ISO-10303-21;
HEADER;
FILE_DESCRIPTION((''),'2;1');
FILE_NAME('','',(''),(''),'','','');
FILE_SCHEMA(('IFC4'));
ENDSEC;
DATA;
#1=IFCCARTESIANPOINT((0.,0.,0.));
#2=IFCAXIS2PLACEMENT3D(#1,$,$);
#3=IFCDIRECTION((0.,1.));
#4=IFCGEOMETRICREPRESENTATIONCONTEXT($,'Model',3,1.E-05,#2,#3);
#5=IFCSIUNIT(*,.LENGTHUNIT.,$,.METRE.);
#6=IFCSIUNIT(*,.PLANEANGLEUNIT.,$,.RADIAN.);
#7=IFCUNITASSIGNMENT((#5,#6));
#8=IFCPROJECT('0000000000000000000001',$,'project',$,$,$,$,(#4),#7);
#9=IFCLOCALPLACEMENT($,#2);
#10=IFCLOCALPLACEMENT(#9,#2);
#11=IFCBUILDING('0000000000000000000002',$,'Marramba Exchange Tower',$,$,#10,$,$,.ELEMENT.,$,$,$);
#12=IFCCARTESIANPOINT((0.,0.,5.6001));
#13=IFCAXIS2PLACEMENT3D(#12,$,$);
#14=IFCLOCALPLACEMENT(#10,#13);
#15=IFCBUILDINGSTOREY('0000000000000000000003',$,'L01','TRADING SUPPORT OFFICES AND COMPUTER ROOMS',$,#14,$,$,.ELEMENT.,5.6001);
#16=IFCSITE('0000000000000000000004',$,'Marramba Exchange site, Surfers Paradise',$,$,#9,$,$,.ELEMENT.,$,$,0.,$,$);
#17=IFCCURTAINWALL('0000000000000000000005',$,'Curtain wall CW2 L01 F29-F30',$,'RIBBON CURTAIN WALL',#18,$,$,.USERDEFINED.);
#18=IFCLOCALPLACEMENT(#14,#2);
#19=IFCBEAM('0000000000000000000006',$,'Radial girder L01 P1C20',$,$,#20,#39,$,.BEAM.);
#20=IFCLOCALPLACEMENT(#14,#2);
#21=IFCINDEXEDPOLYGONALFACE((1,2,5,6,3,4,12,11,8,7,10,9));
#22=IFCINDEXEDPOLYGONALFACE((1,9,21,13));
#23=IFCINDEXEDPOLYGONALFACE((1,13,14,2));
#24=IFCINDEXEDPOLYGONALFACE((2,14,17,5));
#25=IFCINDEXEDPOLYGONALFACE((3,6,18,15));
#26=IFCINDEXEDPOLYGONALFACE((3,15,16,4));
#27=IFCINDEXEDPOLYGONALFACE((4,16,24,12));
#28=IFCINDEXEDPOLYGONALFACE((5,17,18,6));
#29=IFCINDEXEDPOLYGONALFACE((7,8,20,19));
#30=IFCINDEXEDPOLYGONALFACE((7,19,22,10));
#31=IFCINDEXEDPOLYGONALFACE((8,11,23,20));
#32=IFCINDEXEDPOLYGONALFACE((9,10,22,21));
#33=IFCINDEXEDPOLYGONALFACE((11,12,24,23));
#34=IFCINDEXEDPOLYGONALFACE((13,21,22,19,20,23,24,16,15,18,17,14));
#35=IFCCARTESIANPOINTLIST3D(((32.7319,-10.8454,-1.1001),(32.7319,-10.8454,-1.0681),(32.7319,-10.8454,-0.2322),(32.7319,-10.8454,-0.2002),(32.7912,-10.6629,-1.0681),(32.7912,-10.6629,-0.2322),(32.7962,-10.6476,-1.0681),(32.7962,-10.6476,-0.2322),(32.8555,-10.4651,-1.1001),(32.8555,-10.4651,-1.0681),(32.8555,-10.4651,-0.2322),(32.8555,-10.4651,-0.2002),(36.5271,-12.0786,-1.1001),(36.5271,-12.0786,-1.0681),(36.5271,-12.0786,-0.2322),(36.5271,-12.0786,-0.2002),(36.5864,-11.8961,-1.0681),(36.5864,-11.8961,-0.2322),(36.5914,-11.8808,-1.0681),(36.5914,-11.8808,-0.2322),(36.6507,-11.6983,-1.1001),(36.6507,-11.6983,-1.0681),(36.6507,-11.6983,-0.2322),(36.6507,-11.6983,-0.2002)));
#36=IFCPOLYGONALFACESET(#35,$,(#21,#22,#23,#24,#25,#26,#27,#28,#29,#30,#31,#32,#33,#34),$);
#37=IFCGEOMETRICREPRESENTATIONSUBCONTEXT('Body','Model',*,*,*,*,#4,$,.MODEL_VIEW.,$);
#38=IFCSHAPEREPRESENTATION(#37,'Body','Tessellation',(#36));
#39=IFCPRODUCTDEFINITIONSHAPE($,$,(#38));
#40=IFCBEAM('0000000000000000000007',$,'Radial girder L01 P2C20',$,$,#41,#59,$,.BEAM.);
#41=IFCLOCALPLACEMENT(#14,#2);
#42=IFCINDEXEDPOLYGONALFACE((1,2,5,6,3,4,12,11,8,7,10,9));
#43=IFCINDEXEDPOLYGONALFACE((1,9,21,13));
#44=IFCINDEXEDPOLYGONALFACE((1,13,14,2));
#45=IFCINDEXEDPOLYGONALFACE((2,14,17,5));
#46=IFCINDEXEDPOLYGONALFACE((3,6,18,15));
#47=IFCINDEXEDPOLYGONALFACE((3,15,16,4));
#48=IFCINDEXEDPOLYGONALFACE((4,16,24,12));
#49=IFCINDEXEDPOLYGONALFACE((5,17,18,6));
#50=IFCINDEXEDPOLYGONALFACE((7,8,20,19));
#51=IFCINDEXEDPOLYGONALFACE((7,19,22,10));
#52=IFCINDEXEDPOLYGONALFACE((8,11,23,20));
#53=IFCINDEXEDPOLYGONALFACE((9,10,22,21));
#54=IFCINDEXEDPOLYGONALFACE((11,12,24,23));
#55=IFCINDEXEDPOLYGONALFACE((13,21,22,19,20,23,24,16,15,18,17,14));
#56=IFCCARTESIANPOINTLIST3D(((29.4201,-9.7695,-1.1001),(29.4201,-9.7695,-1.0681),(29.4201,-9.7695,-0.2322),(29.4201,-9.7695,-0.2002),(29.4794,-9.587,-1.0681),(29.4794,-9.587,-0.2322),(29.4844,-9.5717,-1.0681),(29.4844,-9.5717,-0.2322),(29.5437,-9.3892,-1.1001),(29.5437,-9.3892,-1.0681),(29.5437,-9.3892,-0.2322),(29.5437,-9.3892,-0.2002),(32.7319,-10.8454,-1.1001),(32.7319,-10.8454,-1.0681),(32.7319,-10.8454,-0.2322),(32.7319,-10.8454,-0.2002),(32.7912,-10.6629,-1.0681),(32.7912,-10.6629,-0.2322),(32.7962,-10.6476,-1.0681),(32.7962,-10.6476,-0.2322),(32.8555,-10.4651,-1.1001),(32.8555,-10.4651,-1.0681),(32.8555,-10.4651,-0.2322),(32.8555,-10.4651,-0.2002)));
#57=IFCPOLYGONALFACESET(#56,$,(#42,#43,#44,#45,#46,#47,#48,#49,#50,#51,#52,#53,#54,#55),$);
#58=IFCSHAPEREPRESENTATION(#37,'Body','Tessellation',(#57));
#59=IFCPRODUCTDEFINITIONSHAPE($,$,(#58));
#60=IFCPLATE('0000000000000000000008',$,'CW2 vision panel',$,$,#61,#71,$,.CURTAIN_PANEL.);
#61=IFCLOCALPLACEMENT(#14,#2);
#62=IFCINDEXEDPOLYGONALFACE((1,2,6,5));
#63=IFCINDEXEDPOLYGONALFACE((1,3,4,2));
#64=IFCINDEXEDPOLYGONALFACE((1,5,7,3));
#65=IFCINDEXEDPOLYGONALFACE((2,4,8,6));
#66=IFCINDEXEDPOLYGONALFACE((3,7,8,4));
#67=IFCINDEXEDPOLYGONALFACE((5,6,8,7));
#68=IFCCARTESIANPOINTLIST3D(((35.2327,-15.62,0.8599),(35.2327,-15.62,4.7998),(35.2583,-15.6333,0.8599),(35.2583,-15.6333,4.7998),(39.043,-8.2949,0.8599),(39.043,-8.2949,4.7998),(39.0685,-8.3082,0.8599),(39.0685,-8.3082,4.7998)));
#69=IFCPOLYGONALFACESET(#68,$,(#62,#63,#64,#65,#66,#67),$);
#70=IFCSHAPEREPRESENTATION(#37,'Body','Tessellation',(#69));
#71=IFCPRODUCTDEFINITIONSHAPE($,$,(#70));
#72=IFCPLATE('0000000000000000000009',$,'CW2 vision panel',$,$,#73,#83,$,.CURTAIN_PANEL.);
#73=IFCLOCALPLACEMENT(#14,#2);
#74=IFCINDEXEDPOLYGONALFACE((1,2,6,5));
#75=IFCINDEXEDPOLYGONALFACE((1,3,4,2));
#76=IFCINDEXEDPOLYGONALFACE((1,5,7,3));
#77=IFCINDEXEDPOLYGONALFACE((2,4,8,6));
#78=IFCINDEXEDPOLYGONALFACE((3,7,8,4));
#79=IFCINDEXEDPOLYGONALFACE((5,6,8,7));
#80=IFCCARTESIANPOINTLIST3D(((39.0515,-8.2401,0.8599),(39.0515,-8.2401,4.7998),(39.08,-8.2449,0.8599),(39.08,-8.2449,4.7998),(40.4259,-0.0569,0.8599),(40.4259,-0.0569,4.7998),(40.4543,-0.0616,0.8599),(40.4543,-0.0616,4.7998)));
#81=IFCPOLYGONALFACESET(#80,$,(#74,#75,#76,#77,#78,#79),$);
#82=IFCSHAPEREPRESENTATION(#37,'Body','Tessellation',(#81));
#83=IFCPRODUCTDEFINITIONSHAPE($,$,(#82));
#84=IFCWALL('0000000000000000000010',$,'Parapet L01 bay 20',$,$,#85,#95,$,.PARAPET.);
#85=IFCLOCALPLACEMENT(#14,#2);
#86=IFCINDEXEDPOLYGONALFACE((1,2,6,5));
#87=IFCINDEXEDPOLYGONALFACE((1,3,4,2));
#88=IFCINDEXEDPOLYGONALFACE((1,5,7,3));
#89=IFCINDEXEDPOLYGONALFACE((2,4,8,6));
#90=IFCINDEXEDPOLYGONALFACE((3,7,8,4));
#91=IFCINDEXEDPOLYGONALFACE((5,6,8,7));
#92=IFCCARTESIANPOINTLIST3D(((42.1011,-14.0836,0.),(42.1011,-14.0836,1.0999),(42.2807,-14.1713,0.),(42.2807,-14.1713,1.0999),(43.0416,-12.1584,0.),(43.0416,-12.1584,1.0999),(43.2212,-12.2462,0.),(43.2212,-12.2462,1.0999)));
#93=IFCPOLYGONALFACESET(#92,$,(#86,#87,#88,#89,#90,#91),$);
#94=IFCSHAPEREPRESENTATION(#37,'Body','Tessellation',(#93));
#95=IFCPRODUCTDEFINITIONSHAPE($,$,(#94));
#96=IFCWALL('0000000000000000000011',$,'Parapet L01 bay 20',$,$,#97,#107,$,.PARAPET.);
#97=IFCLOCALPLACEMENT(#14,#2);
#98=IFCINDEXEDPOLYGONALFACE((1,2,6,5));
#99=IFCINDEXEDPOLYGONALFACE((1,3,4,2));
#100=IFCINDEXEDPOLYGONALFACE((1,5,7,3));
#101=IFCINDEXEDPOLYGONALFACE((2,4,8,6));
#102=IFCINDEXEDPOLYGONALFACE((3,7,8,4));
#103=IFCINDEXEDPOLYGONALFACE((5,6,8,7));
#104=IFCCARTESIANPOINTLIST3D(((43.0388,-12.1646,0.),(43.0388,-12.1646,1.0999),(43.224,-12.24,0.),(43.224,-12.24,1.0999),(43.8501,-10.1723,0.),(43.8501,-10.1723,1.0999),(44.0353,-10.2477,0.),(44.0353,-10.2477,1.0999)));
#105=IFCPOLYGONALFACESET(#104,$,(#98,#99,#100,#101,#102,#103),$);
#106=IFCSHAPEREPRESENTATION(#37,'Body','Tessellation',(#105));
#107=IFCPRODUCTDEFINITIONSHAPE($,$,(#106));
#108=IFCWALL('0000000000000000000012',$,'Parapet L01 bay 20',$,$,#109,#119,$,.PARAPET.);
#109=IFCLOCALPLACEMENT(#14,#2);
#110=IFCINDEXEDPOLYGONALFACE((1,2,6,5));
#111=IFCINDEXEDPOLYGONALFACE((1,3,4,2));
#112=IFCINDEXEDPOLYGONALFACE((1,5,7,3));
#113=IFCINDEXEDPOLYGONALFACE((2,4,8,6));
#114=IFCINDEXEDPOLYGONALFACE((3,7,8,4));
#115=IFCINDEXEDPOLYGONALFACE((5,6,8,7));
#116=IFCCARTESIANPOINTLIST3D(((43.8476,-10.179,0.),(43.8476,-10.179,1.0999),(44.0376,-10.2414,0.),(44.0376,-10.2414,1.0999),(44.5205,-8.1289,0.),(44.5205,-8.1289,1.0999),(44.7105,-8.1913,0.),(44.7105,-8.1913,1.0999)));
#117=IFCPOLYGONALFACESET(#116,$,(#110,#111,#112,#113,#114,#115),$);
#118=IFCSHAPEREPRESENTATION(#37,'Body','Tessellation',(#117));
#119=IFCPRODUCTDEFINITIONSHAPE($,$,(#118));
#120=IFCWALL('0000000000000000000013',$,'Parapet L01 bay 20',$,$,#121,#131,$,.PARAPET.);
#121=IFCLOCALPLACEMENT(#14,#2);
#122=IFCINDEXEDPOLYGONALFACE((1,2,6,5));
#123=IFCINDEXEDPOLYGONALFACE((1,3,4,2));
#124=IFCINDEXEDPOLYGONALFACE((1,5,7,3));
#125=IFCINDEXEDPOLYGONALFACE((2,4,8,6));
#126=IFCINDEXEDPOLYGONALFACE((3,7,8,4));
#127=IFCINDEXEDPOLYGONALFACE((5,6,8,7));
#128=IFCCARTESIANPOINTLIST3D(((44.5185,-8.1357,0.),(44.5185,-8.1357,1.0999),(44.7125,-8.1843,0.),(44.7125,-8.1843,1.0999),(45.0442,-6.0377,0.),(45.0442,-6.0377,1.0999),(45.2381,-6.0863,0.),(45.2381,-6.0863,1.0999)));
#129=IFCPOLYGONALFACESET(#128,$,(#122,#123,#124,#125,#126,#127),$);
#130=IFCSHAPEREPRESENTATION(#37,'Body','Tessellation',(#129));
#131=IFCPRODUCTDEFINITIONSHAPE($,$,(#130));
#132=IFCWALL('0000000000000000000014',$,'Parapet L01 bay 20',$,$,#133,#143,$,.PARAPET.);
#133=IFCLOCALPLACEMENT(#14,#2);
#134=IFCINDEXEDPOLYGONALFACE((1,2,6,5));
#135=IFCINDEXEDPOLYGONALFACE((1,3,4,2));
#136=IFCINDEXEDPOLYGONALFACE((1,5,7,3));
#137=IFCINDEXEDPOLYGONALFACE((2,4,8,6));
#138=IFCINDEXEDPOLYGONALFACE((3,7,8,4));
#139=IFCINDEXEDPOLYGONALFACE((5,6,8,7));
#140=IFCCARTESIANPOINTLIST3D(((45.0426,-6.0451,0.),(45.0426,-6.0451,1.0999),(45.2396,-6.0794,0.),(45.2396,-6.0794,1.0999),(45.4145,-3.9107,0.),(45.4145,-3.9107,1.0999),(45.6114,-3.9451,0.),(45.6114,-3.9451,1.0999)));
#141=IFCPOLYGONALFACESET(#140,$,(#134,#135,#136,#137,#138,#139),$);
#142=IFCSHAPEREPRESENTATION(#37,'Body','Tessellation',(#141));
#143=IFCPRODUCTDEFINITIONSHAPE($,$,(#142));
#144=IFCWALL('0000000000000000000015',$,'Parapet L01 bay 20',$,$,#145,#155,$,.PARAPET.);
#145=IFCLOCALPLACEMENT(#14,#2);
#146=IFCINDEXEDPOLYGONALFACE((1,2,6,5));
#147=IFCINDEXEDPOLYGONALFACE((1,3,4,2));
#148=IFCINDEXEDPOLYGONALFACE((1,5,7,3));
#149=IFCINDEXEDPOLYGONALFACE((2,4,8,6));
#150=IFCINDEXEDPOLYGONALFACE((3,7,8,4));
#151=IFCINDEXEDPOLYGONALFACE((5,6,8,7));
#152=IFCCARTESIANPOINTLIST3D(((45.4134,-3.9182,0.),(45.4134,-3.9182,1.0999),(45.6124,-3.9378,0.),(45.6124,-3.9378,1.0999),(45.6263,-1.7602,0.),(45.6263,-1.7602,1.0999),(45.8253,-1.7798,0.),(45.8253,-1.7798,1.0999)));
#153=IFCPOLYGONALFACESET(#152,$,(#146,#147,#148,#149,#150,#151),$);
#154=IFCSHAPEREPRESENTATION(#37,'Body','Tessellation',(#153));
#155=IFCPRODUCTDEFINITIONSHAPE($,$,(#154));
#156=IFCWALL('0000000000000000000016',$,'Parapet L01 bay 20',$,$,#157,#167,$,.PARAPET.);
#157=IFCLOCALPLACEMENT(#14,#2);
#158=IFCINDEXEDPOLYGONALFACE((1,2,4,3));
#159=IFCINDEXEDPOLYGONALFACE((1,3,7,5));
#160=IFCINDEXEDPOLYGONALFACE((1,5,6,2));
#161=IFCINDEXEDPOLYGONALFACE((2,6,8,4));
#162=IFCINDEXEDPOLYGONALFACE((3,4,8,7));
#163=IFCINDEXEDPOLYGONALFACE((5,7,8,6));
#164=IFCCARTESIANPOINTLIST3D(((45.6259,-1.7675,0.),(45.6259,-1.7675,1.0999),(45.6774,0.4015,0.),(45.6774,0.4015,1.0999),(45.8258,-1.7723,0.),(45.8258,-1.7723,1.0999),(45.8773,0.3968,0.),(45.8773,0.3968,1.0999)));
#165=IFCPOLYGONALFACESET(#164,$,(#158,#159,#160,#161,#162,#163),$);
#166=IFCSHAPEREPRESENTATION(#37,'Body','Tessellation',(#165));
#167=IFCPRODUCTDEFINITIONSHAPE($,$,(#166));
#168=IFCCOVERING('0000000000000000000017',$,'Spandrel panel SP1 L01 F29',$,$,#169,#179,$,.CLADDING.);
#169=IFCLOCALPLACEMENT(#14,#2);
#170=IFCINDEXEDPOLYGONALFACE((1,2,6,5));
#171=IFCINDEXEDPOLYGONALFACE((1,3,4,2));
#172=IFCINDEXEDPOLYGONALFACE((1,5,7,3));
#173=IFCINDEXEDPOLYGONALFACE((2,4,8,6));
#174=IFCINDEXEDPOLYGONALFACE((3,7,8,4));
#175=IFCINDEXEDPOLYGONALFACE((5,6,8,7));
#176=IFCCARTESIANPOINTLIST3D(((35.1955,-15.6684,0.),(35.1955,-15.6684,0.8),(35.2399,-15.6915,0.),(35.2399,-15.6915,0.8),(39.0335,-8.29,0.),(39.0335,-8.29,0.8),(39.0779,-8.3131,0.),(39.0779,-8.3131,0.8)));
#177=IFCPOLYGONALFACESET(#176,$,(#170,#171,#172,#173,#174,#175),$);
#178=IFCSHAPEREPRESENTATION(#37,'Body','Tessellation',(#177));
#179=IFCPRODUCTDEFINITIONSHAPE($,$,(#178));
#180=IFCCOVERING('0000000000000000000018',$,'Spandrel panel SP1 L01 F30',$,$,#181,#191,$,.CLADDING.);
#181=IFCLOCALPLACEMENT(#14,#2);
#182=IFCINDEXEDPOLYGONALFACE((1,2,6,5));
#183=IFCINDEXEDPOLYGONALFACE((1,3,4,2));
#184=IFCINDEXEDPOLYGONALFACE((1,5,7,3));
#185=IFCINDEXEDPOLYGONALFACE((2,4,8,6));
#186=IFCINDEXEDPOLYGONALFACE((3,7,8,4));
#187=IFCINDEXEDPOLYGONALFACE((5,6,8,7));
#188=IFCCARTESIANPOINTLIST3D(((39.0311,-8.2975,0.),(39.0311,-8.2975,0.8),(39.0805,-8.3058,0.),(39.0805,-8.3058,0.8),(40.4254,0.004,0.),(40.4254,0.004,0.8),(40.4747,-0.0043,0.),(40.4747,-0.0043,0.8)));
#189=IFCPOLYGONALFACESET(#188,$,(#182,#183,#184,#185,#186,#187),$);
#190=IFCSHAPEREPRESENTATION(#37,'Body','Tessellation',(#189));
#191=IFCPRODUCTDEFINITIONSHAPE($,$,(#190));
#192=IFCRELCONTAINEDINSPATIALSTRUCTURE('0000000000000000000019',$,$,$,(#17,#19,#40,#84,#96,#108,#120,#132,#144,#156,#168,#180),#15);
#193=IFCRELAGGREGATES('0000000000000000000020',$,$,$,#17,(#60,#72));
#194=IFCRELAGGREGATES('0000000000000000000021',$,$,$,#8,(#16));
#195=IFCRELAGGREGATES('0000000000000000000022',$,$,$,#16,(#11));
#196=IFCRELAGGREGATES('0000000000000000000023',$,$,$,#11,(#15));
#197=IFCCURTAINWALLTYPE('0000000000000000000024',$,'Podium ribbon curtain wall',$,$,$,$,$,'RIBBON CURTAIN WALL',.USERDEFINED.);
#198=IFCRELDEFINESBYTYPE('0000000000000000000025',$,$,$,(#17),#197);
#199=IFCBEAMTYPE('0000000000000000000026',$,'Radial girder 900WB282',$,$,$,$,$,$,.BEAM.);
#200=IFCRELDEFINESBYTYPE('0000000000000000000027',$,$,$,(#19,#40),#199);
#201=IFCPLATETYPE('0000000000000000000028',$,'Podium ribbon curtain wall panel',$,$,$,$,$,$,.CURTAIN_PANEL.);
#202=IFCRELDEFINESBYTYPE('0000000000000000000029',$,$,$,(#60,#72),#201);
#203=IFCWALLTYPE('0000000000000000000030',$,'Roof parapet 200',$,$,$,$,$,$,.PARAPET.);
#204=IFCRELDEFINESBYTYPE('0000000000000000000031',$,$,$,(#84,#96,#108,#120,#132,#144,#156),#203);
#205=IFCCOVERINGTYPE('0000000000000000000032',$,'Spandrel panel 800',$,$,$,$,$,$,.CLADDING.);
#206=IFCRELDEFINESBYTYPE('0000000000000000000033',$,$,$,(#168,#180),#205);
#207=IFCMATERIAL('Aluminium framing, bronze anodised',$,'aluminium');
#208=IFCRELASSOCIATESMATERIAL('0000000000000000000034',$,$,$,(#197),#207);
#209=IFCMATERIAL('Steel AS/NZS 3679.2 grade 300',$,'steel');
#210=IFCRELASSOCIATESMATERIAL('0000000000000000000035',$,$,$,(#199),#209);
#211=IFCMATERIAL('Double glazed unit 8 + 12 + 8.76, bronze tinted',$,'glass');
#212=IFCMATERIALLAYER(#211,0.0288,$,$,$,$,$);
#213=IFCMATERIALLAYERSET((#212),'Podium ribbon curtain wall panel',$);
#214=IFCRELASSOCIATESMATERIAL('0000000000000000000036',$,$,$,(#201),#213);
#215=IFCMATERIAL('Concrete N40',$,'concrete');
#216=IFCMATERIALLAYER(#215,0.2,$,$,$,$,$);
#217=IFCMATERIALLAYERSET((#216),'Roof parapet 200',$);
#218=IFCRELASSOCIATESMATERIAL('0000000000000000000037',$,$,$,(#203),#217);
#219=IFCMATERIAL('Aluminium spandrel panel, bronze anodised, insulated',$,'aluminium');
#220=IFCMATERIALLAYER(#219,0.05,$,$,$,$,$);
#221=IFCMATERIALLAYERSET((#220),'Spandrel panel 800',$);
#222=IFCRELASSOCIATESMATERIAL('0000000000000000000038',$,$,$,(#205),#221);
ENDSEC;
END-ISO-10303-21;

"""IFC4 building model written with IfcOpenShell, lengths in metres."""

from ifc_helpers import new_model, si_unit, direction, frame, frame_2d, origin, origin_2d, place, context, subcontext, project, spatial, rectangle, i_section, extrude, material, layer, layer_set, material_profile, profile_set, type_object, element, aggregate, save


model = new_model("IFC4")

# Units and contexts
model_context = context("Model", 3, precision=1e-05, world=origin(), true_north=direction((0.0, 1.0)))
body_context = subcontext(model_context, "Body", "Model", "MODEL_VIEW")
ifc_project = project(units=[si_unit("LENGTHUNIT", "METRE"), si_unit("PLANEANGLEUNIT", "RADIAN")], contexts=[model_context])

# Site, building, storey
site_placement = place(None, origin())
site = spatial("IfcSite", under=ifc_project, at=site_placement, Name="Marramba Exchange site, Surfers Paradise", CompositionType="ELEMENT", RefElevation=0.0)
building_placement = place(site_placement, origin())
building = spatial("IfcBuilding", under=site, at=building_placement, Name="Marramba Exchange Tower", CompositionType="ELEMENT")
storey_placement = place(building_placement, frame((0.0, 0.0, 5.6001)))
storey = spatial("IfcBuildingStorey", under=building, at=storey_placement, Name="L01", Description="TRADING SUPPORT OFFICES AND COMPUTER ROOMS", CompositionType="ELEMENT", Elevation=5.6001)

# Curtain wall
ifc_material_1 = material(Name="Aluminium framing, bronze anodised", Category="aluminium")
curtain_wall_type = type_object("IfcCurtainWallType", Name="Podium ribbon curtain wall", ElementType="RIBBON CURTAIN WALL", PredefinedType="USERDEFINED", material=ifc_material_1)
curtain_wall_placement = place(storey_placement, origin())
curtain_wall = element("IfcCurtainWall", 1, at=curtain_wall_placement, inside=storey, type_object=curtain_wall_type, Name="Curtain wall CW2 L01 F29-F30", ObjectType="RIBBON CURTAIN WALL", PredefinedType="USERDEFINED")

# Beams
ifc_material_2 = material(Name="Steel AS/NZS 3679.2 grade 300", Category="steel")
ifc_material_profile_1 = material_profile(ifc_material_2, i_section(OverallWidth=0.3999, OverallDepth=0.8999, WebThickness=0.0161, FlangeThickness=0.032, at=origin_2d()), Name="900WB282")
ifc_profile_set_1 = profile_set([ifc_material_profile_1], Name="Steel AS/NZS 3679.2 grade 300")
beam_type_1 = type_object("IfcBeamType", Name="Radial girder 900WB282", PredefinedType="BEAM", material=ifc_profile_set_1)
beam_1_placement = place(storey_placement, frame((36.5889, -11.8884, -0.6501), z_axis=(-0.951054, 0.309024, 0.0), x_axis=(-0.309024, -0.951054, 0.0)))
element("IfcBeam", 2, at=beam_1_placement, inside=storey, type_object=beam_type_1, Name="Radial girder L01 P1C20", PredefinedType="BEAM", context=body_context, shape_type="SweptSolid", body=[
    extrude(i_section(OverallWidth=0.3999, OverallDepth=0.8999, WebThickness=0.0161, FlangeThickness=0.032, at=origin_2d()), origin(), (0.0, 0.0, 1.0), 3.9905),
])
beam_2_placement = place(storey_placement, frame((32.7937, -10.6553, -0.6501), z_axis=(-0.951068, 0.308983, 0.0), x_axis=(-0.308983, -0.951068, 0.0)))
element("IfcBeam", 3, at=beam_2_placement, inside=storey, type_object=beam_type_1, Name="Radial girder L01 P2C20", PredefinedType="BEAM", context=body_context, shape_type="SweptSolid", body=[
    extrude(i_section(OverallWidth=0.3999, OverallDepth=0.8999, WebThickness=0.0161, FlangeThickness=0.032, at=origin_2d()), origin(), (0.0, 0.0, 1.0), 3.4822),
])

# Plates
ifc_material_3 = material(Name="Double glazed unit 8 + 12 + 8.76, bronze tinted", Category="glass")
ifc_layer_1 = layer(ifc_material_3, 0.0288)
ifc_layer_set_1 = layer_set([ifc_layer_1], Name="Podium ribbon curtain wall panel")
plate_type = type_object("IfcPlateType", Name="Podium ribbon curtain wall panel", PredefinedType="CURTAIN_PANEL", material=ifc_layer_set_1)
plate_1_placement = place(storey_placement, frame((37.1506, -11.9641, 0.8599), z_axis=(0.0, 0.0, 1.0), x_axis=(0.461464, 0.887159, 0.0)))
plate_1 = element("IfcPlate", 4, at=plate_1_placement, type_object=plate_type, Name="CW2 vision panel", PredefinedType="CURTAIN_PANEL", context=body_context, shape_type="SweptSolid", body=[
    extrude(rectangle(XDim=8.2568, YDim=0.0288, at=origin_2d()), origin(), (0.0, 0.0, 1.0), 3.9399),
])
plate_2_placement = place(storey_placement, frame((39.7529, -4.1509, 0.8599), z_axis=(0.0, 0.0, 1.0), x_axis=(0.165628, 0.986188, 0.0)))
plate_2 = element("IfcPlate", 5, at=plate_2_placement, type_object=plate_type, Name="CW2 vision panel", PredefinedType="CURTAIN_PANEL", context=body_context, shape_type="SweptSolid", body=[
    extrude(rectangle(XDim=8.2979, YDim=0.0288, at=origin_2d()), origin(), (0.0, 0.0, 1.0), 3.9399),
])
aggregate(curtain_wall, [plate_1, plate_2])

# Walls
ifc_material_4 = material(Name="Concrete N40", Category="concrete")
ifc_layer_2 = layer(ifc_material_4, 0.2)
ifc_layer_set_2 = layer_set([ifc_layer_2], Name="Roof parapet 200")
wall_type = type_object("IfcWallType", Name="Roof parapet 200", PredefinedType="PARAPET", material=ifc_layer_set_2)
wall_1_placement = place(storey_placement, frame((42.1909, -14.1274, 0.0), z_axis=(0.0, 0.0, 1.0), x_axis=(0.438944, 0.898514, 0.0)))
element("IfcWall", 6, at=wall_1_placement, inside=storey, type_object=wall_type, Name="Parapet L01 bay 20", PredefinedType="PARAPET", context=body_context, shape_type="SweptSolid", body=[
    extrude(rectangle(XDim=2.1426, YDim=0.2, at=frame_2d((1.0713, 0.0))), origin(), (0.0, 0.0, 1.0), 1.0999),
])
wall_2_placement = place(storey_placement, frame((43.1313, -12.2024, 0.0), z_axis=(0.0, 0.0, 1.0), x_axis=(0.377156, 0.92615, 0.0)))
element("IfcWall", 7, at=wall_2_placement, inside=storey, type_object=wall_type, Name="Parapet L01 bay 20", PredefinedType="PARAPET", context=body_context, shape_type="SweptSolid", body=[
    extrude(rectangle(XDim=2.1511, YDim=0.2, at=frame_2d((1.0757, 0.0))), origin(), (0.0, 0.0, 1.0), 1.0999),
])
wall_3_placement = place(storey_placement, frame((43.9426, -10.2102, 0.0), z_axis=(0.0, 0.0, 1.0), x_axis=(0.311845, 0.950133, 0.0)))
element("IfcWall", 8, at=wall_3_placement, inside=storey, type_object=wall_type, Name="Parapet L01 bay 20", PredefinedType="PARAPET", context=body_context, shape_type="SweptSolid", body=[
    extrude(rectangle(XDim=2.1577, YDim=0.2, at=frame_2d((1.0789, 0.0))), origin(), (0.0, 0.0, 1.0), 1.0999),
])
wall_4_placement = place(storey_placement, frame((44.6155, -8.1602, 0.0), z_axis=(0.0, 0.0, 1.0), x_axis=(0.24304, 0.970016, 0.0)))
element("IfcWall", 9, at=wall_4_placement, inside=storey, type_object=wall_type, Name="Parapet L01 bay 20", PredefinedType="PARAPET", context=body_context, shape_type="SweptSolid", body=[
    extrude(rectangle(XDim=2.1628, YDim=0.2, at=frame_2d((1.0815, 0.0))), origin(), (0.0, 0.0, 1.0), 1.0999),
])
wall_5_placement = place(storey_placement, frame((45.1411, -6.0623, 0.0), z_axis=(0.0, 0.0, 1.0), x_axis=(0.171631, 0.985161, 0.0)))
element("IfcWall", 10, at=wall_5_placement, inside=storey, type_object=wall_type, Name="Parapet L01 bay 20", PredefinedType="PARAPET", context=body_context, shape_type="SweptSolid", body=[
    extrude(rectangle(XDim=2.1665, YDim=0.2, at=frame_2d((1.0833, 0.0))), origin(), (0.0, 0.0, 1.0), 1.0999),
])
wall_6_placement = place(storey_placement, frame((45.5129, -3.928, 0.0), z_axis=(0.0, 0.0, 1.0), x_axis=(0.098177, 0.995169, 0.0)))
element("IfcWall", 11, at=wall_6_placement, inside=storey, type_object=wall_type, Name="Parapet L01 bay 20", PredefinedType="PARAPET", context=body_context, shape_type="SweptSolid", body=[
    extrude(rectangle(XDim=2.1685, YDim=0.2, at=frame_2d((1.0842, 0.0))), origin(), (0.0, 0.0, 1.0), 1.0999),
])
wall_7_placement = place(storey_placement, frame((45.7258, -1.77, 0.0), z_axis=(0.0, 0.0, 1.0), x_axis=(0.023744, 0.999718, 0.0)))
element("IfcWall", 12, at=wall_7_placement, inside=storey, type_object=wall_type, Name="Parapet L01 bay 20", PredefinedType="PARAPET", context=body_context, shape_type="SweptSolid", body=[
    extrude(rectangle(XDim=2.1697, YDim=0.2, at=frame_2d((1.085, 0.0))), origin(), (0.0, 0.0, 1.0), 1.0999),
])

# Coverings
ifc_material_5 = material(Name="Aluminium spandrel panel, bronze anodised, insulated", Category="aluminium")
ifc_layer_3 = layer(ifc_material_5, 0.05)
ifc_layer_set_3 = layer_set([ifc_layer_3], Name="Spandrel panel 800")
covering_type = type_object("IfcCoveringType", Name="Spandrel panel 800", PredefinedType="CLADDING", material=ifc_layer_set_3)
covering_1_placement = place(storey_placement, frame((37.1367, -11.9907, 0.0), z_axis=(0.0, 0.0, 1.0), x_axis=(0.461464, 0.887159, 0.0)))
element("IfcCovering", 13, at=covering_1_placement, inside=storey, type_object=covering_type, Name="Spandrel panel SP1 L01 F29", PredefinedType="CLADDING", context=body_context, shape_type="SweptSolid", body=[
    extrude(rectangle(XDim=8.3169, YDim=0.05, at=origin_2d()), origin(), (0.0, 0.0, 1.0), 0.8),
])
covering_2_placement = place(storey_placement, frame((39.7529, -4.1509, 0.0), z_axis=(0.0, 0.0, 1.0), x_axis=(0.165628, 0.986188, 0.0)))
element("IfcCovering", 14, at=covering_2_placement, inside=storey, type_object=covering_type, Name="Spandrel panel SP1 L01 F30", PredefinedType="CLADDING", context=body_context, shape_type="SweptSolid", body=[
    extrude(rectangle(XDim=8.4177, YDim=0.05, at=origin_2d()), origin(), (0.0, 0.0, 1.0), 0.8),
])

save(model, "model.ifc")
